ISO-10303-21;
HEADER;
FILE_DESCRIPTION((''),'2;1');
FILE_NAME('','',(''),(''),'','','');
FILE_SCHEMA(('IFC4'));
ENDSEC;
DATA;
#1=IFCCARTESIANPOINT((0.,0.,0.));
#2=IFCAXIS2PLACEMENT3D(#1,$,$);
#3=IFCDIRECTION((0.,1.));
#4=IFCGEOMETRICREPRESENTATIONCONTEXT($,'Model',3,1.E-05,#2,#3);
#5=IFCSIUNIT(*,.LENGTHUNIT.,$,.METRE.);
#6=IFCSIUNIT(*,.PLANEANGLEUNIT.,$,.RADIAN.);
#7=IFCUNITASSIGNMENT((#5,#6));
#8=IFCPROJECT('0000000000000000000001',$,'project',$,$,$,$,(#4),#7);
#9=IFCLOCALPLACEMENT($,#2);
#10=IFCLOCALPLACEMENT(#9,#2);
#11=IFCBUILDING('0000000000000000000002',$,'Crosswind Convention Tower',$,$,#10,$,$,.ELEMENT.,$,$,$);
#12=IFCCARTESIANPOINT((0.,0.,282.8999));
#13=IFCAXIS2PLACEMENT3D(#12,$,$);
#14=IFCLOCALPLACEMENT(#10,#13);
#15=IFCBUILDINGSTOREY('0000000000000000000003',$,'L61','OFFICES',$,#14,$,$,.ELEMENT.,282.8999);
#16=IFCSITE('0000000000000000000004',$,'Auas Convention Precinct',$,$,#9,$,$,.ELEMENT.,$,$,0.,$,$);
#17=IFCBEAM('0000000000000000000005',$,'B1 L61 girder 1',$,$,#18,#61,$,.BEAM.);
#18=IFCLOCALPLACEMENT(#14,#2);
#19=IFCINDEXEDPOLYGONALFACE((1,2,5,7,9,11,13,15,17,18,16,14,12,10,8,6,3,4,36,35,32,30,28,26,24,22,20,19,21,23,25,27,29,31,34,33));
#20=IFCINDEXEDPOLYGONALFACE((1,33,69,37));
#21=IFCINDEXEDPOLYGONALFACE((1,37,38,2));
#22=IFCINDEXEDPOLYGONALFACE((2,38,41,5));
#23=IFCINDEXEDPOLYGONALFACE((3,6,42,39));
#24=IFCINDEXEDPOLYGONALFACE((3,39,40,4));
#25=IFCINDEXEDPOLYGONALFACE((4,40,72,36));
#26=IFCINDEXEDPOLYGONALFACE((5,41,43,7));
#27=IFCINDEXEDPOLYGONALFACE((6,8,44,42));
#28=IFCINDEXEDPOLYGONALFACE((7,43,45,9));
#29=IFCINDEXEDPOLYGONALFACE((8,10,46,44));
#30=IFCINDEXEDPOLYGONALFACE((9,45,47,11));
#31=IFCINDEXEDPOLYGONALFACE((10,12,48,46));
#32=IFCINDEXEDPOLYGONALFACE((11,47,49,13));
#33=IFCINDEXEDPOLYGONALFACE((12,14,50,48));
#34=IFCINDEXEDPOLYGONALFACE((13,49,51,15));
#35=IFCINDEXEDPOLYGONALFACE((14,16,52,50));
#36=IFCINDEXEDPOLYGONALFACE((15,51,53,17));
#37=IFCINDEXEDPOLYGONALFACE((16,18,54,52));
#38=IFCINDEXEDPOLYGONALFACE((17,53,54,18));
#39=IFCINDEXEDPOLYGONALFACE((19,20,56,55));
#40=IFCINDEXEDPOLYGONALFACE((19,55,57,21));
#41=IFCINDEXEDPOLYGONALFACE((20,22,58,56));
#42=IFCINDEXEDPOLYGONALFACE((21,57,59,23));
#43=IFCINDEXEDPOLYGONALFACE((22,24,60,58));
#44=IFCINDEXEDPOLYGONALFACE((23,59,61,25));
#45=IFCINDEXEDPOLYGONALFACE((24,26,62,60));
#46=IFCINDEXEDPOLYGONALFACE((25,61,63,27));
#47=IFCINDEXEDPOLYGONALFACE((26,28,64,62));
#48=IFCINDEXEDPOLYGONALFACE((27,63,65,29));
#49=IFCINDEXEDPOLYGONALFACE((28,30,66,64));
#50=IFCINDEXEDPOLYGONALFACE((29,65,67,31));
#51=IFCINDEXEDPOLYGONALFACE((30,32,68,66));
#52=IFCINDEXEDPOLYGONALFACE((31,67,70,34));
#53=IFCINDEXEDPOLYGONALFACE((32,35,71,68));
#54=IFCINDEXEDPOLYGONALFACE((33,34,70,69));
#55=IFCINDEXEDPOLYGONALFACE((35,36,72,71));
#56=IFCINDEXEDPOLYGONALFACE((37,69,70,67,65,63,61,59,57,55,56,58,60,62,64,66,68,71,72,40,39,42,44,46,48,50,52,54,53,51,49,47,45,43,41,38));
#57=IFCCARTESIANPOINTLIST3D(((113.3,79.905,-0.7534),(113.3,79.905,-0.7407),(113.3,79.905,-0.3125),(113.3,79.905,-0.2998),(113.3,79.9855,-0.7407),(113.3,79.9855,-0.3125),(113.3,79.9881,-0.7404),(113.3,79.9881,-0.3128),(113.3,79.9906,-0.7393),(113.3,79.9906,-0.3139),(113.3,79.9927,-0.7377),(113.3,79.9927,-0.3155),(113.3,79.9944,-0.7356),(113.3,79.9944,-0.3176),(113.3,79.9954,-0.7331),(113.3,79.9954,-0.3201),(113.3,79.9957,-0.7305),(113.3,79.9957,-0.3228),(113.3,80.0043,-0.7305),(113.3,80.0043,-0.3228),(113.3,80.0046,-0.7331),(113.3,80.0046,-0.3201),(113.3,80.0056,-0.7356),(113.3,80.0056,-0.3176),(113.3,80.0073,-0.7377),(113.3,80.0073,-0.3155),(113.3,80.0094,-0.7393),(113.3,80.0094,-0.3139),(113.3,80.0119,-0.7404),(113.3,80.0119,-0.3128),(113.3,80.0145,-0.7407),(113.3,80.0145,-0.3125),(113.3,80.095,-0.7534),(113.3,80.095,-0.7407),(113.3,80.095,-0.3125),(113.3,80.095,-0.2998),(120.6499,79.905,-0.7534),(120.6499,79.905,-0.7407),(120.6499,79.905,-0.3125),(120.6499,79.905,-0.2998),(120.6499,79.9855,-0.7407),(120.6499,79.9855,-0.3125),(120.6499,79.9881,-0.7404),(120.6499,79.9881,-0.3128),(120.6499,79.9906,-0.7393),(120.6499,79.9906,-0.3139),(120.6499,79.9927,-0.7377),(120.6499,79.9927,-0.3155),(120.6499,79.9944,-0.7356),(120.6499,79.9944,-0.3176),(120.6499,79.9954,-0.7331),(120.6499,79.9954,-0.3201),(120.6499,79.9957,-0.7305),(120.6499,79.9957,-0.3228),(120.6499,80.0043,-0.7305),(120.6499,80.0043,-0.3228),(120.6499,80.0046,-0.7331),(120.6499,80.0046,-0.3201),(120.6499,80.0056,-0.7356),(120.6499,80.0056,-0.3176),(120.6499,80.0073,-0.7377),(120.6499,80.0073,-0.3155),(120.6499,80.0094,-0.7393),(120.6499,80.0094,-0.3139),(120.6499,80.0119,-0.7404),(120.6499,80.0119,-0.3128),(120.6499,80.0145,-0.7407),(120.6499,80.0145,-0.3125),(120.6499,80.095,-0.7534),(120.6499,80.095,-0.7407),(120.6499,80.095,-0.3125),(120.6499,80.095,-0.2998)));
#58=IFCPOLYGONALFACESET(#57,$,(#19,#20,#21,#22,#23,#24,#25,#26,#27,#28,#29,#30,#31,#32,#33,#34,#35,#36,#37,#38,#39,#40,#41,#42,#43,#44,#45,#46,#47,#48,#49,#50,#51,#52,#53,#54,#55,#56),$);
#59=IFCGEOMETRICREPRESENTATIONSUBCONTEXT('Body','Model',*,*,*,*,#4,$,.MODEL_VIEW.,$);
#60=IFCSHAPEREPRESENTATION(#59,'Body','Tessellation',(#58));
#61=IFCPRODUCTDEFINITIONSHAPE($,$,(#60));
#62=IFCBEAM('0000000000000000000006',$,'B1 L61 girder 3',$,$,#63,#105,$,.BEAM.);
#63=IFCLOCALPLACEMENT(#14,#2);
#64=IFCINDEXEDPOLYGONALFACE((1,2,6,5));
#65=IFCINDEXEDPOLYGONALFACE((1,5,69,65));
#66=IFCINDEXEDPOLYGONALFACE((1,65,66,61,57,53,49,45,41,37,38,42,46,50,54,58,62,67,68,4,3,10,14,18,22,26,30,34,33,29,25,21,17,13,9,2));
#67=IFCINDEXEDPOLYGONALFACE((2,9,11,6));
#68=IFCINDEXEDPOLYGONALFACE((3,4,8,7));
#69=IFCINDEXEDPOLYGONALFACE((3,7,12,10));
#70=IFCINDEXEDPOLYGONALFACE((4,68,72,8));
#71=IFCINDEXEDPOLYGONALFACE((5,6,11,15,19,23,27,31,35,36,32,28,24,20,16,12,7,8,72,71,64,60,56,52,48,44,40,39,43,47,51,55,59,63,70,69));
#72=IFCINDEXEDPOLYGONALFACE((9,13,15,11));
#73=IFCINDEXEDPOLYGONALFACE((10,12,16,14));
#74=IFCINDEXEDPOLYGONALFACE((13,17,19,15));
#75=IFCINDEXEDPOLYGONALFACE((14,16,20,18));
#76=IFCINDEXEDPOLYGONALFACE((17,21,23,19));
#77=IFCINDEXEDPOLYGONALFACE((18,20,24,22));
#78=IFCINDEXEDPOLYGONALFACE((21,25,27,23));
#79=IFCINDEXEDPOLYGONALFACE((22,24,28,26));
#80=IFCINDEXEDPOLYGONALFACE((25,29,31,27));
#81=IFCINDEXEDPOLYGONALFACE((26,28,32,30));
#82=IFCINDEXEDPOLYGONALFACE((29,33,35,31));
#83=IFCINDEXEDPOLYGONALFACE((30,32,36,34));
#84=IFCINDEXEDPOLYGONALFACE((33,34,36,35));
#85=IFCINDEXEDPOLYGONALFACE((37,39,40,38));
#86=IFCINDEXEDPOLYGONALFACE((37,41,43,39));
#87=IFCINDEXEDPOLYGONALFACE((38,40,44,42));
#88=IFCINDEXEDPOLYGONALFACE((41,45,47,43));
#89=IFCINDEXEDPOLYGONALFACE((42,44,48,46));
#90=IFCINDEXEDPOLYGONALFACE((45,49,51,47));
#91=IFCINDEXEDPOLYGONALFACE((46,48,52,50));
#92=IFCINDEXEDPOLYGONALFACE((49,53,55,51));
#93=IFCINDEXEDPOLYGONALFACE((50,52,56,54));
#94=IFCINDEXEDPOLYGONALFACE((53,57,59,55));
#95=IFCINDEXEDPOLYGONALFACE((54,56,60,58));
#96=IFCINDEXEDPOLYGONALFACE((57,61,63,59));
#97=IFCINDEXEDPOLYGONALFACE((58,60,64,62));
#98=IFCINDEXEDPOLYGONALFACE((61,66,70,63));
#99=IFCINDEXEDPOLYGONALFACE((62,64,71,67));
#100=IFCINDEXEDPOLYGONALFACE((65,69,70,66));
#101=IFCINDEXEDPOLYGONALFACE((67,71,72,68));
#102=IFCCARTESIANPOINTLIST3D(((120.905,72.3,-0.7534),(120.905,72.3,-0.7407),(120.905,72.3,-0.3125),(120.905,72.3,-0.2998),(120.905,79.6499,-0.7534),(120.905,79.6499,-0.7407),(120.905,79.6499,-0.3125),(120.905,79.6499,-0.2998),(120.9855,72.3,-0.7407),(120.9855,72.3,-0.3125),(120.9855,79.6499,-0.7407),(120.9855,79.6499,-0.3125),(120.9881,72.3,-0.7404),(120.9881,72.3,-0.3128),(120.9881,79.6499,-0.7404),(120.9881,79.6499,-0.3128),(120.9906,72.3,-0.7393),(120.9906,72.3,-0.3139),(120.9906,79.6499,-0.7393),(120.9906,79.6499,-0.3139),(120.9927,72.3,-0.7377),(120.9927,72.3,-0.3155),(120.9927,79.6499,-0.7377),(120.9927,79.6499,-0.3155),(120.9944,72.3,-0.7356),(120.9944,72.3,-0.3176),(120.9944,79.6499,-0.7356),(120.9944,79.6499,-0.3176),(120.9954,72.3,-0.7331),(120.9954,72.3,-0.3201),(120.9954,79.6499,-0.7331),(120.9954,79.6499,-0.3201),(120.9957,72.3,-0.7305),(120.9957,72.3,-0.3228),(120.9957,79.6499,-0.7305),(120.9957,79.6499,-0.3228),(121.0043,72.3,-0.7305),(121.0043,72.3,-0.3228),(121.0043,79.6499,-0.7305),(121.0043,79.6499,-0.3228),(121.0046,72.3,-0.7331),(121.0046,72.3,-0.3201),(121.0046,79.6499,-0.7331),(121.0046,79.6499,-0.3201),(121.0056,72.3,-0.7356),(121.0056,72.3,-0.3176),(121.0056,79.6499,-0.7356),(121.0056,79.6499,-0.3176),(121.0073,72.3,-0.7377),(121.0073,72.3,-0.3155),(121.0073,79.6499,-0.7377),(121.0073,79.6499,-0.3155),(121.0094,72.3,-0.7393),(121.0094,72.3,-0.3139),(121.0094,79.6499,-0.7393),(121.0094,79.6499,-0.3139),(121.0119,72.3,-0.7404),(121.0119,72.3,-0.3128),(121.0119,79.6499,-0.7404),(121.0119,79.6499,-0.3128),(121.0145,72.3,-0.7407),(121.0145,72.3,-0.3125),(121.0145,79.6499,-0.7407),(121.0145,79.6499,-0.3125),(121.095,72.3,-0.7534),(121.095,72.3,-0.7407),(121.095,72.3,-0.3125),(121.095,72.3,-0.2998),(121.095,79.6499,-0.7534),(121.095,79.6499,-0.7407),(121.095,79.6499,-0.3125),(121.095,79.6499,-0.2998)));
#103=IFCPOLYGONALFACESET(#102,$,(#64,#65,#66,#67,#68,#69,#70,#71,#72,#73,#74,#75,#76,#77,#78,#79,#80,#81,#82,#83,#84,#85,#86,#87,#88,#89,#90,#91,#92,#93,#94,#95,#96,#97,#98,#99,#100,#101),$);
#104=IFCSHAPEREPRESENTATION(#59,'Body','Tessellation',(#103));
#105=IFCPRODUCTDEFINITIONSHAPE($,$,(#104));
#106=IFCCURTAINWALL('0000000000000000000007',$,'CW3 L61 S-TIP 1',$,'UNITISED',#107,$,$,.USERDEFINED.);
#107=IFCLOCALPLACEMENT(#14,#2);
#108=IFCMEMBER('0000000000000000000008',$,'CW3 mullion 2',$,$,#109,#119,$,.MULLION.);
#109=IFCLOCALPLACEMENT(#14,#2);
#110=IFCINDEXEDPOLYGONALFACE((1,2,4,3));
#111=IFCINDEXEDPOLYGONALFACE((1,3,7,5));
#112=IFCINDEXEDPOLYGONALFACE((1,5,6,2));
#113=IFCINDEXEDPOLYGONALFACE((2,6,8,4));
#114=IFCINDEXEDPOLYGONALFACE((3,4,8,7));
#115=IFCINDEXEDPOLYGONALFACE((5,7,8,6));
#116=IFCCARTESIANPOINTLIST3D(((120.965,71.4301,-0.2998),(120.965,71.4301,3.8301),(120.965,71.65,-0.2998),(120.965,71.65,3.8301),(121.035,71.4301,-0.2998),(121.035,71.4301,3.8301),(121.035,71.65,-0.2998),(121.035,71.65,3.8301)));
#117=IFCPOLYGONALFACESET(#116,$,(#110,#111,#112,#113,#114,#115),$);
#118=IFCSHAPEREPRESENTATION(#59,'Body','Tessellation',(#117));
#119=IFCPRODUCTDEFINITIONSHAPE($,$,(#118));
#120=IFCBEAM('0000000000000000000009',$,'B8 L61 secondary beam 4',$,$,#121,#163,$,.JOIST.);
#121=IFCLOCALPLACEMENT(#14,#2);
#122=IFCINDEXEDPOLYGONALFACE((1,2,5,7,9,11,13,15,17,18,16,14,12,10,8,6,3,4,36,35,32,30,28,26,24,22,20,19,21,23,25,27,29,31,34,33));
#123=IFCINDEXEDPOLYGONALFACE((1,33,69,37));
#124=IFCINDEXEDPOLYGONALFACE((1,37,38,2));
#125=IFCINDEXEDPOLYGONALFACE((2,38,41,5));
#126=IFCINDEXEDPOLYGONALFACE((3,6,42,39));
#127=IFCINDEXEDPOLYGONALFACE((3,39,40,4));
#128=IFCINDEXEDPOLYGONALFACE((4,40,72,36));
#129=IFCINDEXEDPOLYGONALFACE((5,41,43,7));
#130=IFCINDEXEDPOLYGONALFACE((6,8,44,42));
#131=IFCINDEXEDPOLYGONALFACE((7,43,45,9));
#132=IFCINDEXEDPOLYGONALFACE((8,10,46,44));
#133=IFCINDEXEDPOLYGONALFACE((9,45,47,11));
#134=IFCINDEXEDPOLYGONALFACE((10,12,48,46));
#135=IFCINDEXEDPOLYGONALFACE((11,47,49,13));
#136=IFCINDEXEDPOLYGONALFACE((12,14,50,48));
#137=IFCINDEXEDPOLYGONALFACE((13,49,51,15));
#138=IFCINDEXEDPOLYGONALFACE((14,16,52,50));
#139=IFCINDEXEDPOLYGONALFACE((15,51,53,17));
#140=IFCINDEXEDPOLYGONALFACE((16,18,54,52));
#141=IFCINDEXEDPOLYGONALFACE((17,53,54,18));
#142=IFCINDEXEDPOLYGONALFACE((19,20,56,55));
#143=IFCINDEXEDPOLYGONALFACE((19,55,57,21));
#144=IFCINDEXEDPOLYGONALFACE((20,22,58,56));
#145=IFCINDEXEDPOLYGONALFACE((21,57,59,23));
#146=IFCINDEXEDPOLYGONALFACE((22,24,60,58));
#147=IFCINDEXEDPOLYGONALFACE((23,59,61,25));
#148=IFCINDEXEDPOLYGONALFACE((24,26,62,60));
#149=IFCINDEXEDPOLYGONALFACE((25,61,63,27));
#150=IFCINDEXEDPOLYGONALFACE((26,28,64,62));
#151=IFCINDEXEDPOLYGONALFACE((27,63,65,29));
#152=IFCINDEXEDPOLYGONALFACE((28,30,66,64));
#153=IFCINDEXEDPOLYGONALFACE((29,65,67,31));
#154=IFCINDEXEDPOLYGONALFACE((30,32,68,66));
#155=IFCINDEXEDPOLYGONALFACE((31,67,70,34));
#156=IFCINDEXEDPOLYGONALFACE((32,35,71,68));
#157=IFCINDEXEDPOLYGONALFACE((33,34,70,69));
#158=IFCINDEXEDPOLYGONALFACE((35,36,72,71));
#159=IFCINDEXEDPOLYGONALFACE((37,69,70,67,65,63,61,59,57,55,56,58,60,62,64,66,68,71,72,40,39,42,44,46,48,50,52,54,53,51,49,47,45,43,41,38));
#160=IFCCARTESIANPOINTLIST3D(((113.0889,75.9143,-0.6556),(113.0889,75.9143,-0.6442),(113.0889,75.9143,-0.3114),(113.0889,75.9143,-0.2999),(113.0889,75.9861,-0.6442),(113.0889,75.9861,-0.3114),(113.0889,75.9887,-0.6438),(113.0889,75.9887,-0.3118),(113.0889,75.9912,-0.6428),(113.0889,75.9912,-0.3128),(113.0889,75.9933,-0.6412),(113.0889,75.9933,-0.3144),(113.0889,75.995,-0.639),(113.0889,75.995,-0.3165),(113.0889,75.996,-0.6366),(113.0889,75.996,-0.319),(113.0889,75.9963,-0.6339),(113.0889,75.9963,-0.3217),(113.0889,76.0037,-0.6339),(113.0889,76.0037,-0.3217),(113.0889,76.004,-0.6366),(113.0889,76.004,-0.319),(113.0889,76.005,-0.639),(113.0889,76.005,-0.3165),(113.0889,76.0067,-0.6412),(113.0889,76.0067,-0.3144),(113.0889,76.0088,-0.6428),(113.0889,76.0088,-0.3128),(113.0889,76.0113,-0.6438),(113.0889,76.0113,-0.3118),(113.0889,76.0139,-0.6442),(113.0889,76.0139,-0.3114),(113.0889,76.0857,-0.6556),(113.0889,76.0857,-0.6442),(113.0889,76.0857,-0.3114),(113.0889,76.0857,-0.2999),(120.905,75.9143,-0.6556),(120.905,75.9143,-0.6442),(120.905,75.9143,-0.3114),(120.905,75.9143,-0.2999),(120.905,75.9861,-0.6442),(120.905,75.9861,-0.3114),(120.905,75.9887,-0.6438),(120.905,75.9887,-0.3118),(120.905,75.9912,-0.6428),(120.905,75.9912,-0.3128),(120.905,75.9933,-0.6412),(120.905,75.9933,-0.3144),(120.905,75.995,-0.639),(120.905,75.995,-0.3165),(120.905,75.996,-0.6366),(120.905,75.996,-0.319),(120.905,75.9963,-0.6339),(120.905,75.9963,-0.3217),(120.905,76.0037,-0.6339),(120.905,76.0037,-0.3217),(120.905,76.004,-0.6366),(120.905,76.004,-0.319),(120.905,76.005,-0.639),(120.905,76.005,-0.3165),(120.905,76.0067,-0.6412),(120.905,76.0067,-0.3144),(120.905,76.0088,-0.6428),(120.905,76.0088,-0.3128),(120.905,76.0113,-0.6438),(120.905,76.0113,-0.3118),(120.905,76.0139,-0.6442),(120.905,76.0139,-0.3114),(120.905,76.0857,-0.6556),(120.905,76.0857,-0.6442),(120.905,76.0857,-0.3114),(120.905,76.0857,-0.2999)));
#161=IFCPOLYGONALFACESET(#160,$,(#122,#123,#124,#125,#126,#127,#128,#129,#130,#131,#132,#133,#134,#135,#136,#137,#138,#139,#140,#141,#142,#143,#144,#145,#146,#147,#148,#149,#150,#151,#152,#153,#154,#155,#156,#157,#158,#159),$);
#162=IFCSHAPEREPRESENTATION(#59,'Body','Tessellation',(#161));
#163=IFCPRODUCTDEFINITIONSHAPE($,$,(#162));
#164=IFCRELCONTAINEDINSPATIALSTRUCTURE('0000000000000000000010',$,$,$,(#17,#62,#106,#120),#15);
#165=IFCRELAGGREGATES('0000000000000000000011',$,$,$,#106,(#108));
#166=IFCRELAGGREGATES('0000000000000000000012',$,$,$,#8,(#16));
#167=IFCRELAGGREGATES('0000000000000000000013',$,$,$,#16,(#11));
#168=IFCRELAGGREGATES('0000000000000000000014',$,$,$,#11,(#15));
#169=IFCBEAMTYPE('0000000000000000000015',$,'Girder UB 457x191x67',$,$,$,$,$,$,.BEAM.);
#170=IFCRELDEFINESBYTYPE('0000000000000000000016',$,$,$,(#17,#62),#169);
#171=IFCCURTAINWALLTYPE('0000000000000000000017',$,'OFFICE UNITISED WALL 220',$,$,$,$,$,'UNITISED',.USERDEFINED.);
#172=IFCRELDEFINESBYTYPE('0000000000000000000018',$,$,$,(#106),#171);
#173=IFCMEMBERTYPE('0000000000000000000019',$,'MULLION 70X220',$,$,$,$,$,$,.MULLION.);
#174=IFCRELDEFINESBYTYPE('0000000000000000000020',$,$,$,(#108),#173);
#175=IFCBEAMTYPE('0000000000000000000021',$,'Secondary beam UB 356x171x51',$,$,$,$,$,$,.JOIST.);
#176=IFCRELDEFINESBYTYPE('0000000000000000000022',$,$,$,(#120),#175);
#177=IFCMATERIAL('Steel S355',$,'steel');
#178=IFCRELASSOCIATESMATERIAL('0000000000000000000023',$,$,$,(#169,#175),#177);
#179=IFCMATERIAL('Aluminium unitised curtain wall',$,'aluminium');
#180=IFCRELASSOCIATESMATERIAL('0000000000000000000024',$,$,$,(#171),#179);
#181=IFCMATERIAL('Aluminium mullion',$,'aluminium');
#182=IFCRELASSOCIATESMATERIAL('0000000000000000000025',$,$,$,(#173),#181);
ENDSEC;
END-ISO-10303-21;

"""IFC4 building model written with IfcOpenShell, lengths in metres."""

from ifc_helpers import new_model, si_unit, direction, frame, origin, origin_2d, place, context, subcontext, project, spatial, rectangle, i_section, extrude, material, material_profile, profile_set, type_object, element, aggregate, save


model = new_model("IFC4")

# Units and contexts
model_context = context("Model", 3, precision=1e-05, world=origin(), true_north=direction((0.0, 1.0)))
body_context = subcontext(model_context, "Body", "Model", "MODEL_VIEW")
ifc_project = project(units=[si_unit("LENGTHUNIT", "METRE"), si_unit("PLANEANGLEUNIT", "RADIAN")], contexts=[model_context])

# Site, building, storey
site_placement = place(None, origin())
site = spatial("IfcSite", under=ifc_project, at=site_placement, Name="Auas Convention Precinct", CompositionType="ELEMENT", RefElevation=0.0)
building_placement = place(site_placement, origin())
building = spatial("IfcBuilding", under=site, at=building_placement, Name="Crosswind Convention Tower", CompositionType="ELEMENT")
storey_placement = place(building_placement, frame((0.0, 0.0, 282.8999)))
storey = spatial("IfcBuildingStorey", under=building, at=storey_placement, Name="L61", Description="OFFICES", CompositionType="ELEMENT", Elevation=282.8999)

# Beams
ifc_material_1 = material(Name="Steel S355", Category="steel")
ifc_material_profile_1 = material_profile(ifc_material_1, i_section(OverallWidth=0.1899, OverallDepth=0.4536, WebThickness=0.0085, FlangeThickness=0.0127, FilletRadius=0.0103, at=origin_2d()), Name="UB 457x191x67")
ifc_profile_set_1 = profile_set([ifc_material_profile_1], Name="Steel S355")
beam_type_1 = type_object("IfcBeamType", Name="Girder UB 457x191x67", PredefinedType="BEAM", material=ifc_profile_set_1)
for number, where, z_axis, x_axis, name in (
    (1, (113.3, 80.0, -0.5266), (1.0, 0.0, 0.0), (0.0, 1.0, 0.0), "B1 L61 girder 1"),
    (2, (121.0, 72.3, -0.5266), (0.0, 1.0, 0.0), (-1.0, 0.0, 0.0), "B1 L61 girder 3"),
):
    element("IfcBeam", number, at=place(storey_placement, frame(where, z_axis=z_axis, x_axis=x_axis)), inside=storey, type_object=beam_type_1, Name=name, PredefinedType="BEAM", context=body_context, shape_type="SweptSolid", body=[
        extrude(i_section(OverallWidth=0.1899, OverallDepth=0.4536, WebThickness=0.0085, FlangeThickness=0.0127, FilletRadius=0.0103, at=origin_2d()), origin(), (0.0, 0.0, 1.0), 7.3499),
    ])

# Curtain wall, member
ifc_material_2 = material(Name="Aluminium unitised curtain wall", Category="aluminium")
curtain_wall_type = type_object("IfcCurtainWallType", Name="OFFICE UNITISED WALL 220", ElementType="UNITISED", PredefinedType="USERDEFINED", material=ifc_material_2)
curtain_wall_placement = place(storey_placement, origin())
curtain_wall = element("IfcCurtainWall", 3, at=curtain_wall_placement, inside=storey, type_object=curtain_wall_type, Name="CW3 L61 S-TIP 1", ObjectType="UNITISED", PredefinedType="USERDEFINED")
ifc_material_3 = material(Name="Aluminium mullion", Category="aluminium")
ifc_material_profile_2 = material_profile(ifc_material_3, rectangle(XDim=0.22, YDim=0.0701, at=origin_2d()), Name="AL 220X70")
ifc_profile_set_2 = profile_set([ifc_material_profile_2], Name="Aluminium mullion")
member_type = type_object("IfcMemberType", Name="MULLION 70X220", PredefinedType="MULLION", material=ifc_profile_set_2)
member_placement = place(storey_placement, frame((121.0, 71.54, -0.2998), z_axis=(0.0, 0.0, 1.0), x_axis=(0.0, -1.0, 0.0)))
member = element("IfcMember", 4, at=member_placement, type_object=member_type, Name="CW3 mullion 2", PredefinedType="MULLION", context=body_context, shape_type="SweptSolid", body=[
    extrude(rectangle(XDim=0.22, YDim=0.0701, at=origin_2d()), origin(), (0.0, 0.0, 1.0), 4.1299),
])

# Beam
ifc_material_profile_3 = material_profile(ifc_material_1, i_section(OverallWidth=0.1714, OverallDepth=0.3557, WebThickness=0.0073, FlangeThickness=0.0115, FilletRadius=0.0103, at=origin_2d()), Name="UB 356x171x51")
ifc_profile_set_3 = profile_set([ifc_material_profile_3], Name="Steel S355")
beam_type_2 = type_object("IfcBeamType", Name="Secondary beam UB 356x171x51", PredefinedType="JOIST", material=ifc_profile_set_3)
beam_1_placement = place(storey_placement, frame((113.0889, 76.0, -0.4778), z_axis=(1.0, 0.0, 0.0), x_axis=(0.0, 1.0, 0.0)))
element("IfcBeam", 5, at=beam_1_placement, inside=storey, type_object=beam_type_2, Name="B8 L61 secondary beam 4", PredefinedType="JOIST", context=body_context, shape_type="SweptSolid", body=[
    extrude(i_section(OverallWidth=0.1714, OverallDepth=0.3557, WebThickness=0.0073, FlangeThickness=0.0115, FilletRadius=0.0103, at=origin_2d()), origin(), (0.0, 0.0, 1.0), 7.8162),
])

aggregate(curtain_wall, [member])

save(model, "model.ifc")
